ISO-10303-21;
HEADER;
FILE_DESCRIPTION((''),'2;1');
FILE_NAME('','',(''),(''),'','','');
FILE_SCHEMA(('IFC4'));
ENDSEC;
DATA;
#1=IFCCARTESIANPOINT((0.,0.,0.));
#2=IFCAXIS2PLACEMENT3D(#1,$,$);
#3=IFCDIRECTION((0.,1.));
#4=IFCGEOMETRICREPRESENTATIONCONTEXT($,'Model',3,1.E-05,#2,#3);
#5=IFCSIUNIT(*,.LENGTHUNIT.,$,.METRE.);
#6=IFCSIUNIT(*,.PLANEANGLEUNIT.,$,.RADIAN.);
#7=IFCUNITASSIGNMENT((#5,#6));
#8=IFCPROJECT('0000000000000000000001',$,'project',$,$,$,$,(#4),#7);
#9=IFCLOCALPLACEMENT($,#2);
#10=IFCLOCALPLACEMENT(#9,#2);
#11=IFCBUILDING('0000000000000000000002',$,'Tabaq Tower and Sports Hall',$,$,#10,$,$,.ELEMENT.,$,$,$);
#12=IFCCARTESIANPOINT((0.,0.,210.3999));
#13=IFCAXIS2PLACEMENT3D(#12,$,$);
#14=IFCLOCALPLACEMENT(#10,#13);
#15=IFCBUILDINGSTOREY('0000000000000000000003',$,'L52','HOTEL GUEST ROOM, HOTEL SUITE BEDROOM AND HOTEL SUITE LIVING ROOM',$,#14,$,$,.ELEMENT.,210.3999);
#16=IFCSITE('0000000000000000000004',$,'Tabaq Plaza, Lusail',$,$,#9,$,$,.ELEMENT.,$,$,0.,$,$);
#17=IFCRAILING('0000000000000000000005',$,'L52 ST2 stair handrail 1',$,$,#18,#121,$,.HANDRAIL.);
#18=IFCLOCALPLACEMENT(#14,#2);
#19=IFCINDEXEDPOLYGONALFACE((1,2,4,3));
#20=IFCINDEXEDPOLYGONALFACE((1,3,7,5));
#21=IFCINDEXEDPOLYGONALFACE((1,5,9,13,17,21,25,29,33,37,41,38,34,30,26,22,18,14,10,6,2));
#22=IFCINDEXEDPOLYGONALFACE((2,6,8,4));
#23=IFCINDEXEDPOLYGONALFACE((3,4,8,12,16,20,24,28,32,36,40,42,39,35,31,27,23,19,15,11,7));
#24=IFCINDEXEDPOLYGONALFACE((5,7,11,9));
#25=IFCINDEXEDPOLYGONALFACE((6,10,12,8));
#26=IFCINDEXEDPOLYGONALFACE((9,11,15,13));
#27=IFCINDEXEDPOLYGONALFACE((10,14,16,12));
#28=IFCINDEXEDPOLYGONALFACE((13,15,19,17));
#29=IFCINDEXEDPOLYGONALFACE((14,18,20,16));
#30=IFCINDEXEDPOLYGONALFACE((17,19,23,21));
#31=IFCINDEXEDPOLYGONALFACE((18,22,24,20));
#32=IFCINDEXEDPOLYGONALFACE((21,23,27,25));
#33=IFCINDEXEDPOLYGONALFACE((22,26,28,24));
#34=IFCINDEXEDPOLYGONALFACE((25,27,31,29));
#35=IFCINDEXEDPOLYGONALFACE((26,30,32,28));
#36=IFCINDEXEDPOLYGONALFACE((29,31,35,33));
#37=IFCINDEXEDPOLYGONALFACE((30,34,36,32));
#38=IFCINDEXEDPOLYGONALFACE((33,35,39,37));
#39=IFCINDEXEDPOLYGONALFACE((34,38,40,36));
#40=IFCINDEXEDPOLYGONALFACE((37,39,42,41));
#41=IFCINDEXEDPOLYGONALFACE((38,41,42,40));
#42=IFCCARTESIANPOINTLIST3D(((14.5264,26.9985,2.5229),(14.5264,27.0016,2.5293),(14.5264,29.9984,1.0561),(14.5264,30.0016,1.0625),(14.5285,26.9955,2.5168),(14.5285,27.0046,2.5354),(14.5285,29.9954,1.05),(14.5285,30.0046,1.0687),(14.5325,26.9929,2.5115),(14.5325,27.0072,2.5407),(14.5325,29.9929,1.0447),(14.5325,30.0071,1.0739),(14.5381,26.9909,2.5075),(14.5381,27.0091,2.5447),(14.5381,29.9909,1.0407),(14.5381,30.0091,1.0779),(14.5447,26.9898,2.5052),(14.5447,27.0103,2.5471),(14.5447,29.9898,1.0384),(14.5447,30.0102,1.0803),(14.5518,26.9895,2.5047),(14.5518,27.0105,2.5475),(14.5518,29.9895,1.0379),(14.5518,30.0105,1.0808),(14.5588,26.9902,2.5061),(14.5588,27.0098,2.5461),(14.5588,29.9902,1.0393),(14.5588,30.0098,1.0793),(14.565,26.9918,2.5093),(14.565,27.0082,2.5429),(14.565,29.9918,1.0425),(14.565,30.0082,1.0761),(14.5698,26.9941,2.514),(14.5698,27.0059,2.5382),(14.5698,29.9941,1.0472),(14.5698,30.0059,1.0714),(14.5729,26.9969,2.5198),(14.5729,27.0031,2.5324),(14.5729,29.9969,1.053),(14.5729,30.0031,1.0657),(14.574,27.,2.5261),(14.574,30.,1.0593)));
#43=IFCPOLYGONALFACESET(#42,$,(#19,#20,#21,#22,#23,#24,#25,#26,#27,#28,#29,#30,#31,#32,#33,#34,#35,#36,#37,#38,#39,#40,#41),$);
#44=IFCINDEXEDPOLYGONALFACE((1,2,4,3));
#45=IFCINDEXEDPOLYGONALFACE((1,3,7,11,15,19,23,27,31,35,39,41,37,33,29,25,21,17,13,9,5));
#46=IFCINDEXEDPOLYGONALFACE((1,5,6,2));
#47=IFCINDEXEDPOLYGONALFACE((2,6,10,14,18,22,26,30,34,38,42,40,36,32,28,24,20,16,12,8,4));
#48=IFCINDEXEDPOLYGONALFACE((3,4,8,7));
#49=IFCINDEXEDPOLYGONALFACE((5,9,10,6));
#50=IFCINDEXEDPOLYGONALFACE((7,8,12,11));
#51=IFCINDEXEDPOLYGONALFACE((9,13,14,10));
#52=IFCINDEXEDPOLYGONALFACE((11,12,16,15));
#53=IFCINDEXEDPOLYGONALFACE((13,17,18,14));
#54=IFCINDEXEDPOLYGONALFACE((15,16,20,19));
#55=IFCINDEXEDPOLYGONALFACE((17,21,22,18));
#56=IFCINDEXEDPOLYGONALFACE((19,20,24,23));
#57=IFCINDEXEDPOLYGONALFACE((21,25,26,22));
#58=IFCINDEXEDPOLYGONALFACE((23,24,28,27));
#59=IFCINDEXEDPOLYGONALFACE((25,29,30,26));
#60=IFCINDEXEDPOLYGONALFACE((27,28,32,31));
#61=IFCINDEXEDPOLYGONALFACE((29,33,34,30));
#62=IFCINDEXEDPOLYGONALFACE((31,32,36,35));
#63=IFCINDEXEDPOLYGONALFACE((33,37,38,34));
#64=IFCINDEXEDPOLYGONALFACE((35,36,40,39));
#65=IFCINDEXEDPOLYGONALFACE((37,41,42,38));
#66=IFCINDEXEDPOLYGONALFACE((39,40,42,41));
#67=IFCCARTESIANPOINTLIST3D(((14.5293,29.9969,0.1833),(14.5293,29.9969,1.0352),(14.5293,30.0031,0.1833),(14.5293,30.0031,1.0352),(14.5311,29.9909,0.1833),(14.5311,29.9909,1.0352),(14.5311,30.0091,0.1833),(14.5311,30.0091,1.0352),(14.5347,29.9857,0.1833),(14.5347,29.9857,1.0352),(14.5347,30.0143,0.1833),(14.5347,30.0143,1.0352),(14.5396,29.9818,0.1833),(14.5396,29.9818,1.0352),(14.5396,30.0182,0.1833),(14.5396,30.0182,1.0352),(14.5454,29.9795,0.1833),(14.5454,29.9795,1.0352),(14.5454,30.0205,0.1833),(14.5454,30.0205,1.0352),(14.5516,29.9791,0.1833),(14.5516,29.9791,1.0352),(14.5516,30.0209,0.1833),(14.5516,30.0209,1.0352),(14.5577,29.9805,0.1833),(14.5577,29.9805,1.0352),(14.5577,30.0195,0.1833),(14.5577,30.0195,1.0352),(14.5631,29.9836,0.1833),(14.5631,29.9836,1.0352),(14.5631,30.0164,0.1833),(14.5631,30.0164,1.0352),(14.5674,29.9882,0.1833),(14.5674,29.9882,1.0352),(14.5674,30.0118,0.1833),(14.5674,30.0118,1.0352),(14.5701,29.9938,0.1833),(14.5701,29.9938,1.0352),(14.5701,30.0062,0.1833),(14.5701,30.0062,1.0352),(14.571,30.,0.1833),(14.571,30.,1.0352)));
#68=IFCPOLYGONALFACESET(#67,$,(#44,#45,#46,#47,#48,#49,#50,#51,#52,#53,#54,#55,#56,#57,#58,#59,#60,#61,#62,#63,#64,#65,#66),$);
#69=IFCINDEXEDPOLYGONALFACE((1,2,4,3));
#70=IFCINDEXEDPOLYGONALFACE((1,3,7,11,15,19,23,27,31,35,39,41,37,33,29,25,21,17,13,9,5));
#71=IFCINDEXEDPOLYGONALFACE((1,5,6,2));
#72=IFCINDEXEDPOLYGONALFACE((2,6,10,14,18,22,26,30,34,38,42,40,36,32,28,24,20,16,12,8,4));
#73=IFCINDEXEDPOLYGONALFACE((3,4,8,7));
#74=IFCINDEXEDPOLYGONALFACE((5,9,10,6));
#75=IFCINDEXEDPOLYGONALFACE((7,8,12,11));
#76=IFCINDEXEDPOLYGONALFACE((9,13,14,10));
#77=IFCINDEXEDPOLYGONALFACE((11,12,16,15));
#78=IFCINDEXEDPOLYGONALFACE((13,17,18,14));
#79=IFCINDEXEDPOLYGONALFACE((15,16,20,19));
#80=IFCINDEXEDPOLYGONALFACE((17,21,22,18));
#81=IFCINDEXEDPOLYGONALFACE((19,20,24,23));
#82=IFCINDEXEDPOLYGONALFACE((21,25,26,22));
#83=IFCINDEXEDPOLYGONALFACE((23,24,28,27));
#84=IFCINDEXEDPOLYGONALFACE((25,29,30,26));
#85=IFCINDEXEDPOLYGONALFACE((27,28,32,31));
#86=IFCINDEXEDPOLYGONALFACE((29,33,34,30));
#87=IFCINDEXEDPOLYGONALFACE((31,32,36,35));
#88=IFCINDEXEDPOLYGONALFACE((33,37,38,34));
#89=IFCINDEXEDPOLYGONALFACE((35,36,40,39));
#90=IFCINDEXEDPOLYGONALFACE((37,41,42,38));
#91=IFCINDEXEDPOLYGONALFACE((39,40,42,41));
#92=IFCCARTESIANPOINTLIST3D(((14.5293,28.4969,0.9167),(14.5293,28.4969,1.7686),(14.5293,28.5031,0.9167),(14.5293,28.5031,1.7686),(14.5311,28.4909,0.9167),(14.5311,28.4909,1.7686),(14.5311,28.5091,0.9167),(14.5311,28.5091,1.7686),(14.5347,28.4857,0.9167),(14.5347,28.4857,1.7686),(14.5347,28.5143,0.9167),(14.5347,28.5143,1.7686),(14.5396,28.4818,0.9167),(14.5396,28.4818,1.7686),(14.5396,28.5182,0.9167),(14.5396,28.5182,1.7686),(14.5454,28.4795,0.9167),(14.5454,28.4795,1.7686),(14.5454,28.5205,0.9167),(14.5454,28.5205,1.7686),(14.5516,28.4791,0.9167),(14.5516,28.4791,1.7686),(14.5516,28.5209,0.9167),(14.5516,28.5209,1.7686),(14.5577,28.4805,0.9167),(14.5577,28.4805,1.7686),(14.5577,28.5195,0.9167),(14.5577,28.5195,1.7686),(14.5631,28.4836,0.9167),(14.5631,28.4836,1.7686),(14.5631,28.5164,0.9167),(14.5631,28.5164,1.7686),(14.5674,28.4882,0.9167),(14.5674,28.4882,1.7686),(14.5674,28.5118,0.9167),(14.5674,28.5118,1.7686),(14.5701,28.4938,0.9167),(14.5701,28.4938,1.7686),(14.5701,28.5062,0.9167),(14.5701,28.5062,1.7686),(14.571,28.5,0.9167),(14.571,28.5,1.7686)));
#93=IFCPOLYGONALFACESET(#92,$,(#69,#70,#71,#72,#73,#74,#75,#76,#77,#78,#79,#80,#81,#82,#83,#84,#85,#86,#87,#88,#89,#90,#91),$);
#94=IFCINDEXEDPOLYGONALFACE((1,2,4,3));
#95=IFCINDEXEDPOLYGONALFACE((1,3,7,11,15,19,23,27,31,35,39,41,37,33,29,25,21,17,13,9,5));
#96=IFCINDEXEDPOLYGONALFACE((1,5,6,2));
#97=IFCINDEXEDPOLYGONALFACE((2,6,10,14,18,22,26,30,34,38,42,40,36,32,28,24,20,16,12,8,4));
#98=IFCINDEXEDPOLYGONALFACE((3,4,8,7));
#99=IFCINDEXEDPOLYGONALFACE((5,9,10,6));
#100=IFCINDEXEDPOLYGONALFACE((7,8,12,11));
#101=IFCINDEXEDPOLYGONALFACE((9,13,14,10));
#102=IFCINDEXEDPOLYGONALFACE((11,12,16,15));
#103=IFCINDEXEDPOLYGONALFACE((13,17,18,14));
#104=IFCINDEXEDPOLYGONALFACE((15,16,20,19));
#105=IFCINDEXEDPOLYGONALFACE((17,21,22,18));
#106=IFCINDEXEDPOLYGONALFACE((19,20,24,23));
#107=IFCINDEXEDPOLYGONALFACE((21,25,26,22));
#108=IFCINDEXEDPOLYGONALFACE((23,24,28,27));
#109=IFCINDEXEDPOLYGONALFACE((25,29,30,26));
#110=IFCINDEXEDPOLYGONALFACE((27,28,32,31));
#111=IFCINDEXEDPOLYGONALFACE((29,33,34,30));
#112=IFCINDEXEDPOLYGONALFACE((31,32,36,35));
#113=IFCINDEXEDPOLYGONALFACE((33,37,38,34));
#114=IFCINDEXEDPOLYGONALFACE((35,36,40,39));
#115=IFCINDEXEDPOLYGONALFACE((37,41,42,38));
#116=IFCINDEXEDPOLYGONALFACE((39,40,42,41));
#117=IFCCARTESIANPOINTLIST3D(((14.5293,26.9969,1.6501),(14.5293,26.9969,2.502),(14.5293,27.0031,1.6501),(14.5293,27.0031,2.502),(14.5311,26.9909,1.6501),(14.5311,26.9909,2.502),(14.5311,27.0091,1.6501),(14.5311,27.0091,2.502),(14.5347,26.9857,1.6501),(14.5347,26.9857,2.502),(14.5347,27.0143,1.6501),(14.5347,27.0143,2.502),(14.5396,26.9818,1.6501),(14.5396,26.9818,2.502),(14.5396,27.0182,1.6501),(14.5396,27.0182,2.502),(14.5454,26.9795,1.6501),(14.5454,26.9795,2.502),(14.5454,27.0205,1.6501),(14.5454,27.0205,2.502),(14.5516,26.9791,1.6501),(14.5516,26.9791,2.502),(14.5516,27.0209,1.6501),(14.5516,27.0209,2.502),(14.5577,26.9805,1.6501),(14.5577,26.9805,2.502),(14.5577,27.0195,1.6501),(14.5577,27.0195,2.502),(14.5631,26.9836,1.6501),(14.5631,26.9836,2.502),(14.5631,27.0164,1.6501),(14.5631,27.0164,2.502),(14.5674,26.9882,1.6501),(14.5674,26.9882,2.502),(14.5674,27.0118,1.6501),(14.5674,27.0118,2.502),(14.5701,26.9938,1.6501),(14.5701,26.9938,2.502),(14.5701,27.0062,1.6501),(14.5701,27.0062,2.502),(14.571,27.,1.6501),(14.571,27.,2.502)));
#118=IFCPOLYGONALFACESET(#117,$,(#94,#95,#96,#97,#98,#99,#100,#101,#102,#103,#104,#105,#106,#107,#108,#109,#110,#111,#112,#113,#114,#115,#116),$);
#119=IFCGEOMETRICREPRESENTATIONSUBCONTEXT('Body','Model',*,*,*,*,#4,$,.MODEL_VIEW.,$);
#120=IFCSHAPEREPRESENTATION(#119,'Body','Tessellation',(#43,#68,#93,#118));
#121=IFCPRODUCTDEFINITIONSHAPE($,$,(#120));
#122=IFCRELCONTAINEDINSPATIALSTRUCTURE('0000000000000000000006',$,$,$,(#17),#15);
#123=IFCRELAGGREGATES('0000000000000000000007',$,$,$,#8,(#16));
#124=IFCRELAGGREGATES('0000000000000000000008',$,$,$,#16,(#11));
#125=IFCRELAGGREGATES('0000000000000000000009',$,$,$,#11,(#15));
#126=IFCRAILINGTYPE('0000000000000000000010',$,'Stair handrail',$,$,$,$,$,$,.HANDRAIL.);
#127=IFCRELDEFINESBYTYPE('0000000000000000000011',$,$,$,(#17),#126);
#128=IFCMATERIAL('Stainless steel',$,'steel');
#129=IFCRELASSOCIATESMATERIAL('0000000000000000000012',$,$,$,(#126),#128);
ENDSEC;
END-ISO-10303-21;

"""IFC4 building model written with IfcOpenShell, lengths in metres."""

from ifc_helpers import new_model, si_unit, direction, frame, origin, origin_2d, place, context, subcontext, project, spatial, circle, extrude, material, type_object, element, save


model = new_model("IFC4")

# Units and contexts
model_context = context("Model", 3, precision=1e-05, world=origin(), true_north=direction((0.0, 1.0)))
body_context = subcontext(model_context, "Body", "Model", "MODEL_VIEW")
ifc_project = project(units=[si_unit("LENGTHUNIT", "METRE"), si_unit("PLANEANGLEUNIT", "RADIAN")], contexts=[model_context])

# Site, building, storey
site_placement = place(None, origin())
site = spatial("IfcSite", under=ifc_project, at=site_placement, Name="Tabaq Plaza, Lusail", CompositionType="ELEMENT", RefElevation=0.0)
building_placement = place(site_placement, origin())
building = spatial("IfcBuilding", under=site, at=building_placement, Name="Tabaq Tower and Sports Hall", CompositionType="ELEMENT")
storey_placement = place(building_placement, frame((0.0, 0.0, 210.3999)))
storey = spatial("IfcBuildingStorey", under=building, at=storey_placement, Name="L52", Description="HOTEL GUEST ROOM, HOTEL SUITE BEDROOM AND HOTEL SUITE LIVING ROOM", CompositionType="ELEMENT", Elevation=210.3999)

# Railing
ifc_material_1 = material(Name="Stainless steel", Category="steel")
railing_type_1 = type_object("IfcRailingType", Name="Stair handrail", PredefinedType="HANDRAIL", material=ifc_material_1)
railing_1_placement = place(storey_placement, frame((14.55, 30.0, 0.1833)))
element("IfcRailing", 1, at=railing_1_placement, inside=storey, type_object=railing_type_1, Name="L52 ST2 stair handrail 1", PredefinedType="HANDRAIL", context=body_context, shape_type="SweptSolid", body=[
    extrude(circle(Radius=0.0239, at=origin_2d()), frame((0.0, 0.0, 0.876), z_axis=(0.0, -0.898369, 0.439242), x_axis=(1.0, 0.0, 0.0)), (0.0, 0.0, 1.0), 3.3394),
    extrude(circle(Radius=0.021, at=origin_2d()), origin(), (0.0, 0.0, 1.0), 0.8518),
    extrude(circle(Radius=0.021, at=origin_2d()), frame((0.0, -1.5, 0.7334)), (0.0, 0.0, 1.0), 0.8518),
    extrude(circle(Radius=0.021, at=origin_2d()), frame((0.0, -3.0, 1.4668)), (0.0, 0.0, 1.0), 0.8518),
])

save(model, "model.ifc")
